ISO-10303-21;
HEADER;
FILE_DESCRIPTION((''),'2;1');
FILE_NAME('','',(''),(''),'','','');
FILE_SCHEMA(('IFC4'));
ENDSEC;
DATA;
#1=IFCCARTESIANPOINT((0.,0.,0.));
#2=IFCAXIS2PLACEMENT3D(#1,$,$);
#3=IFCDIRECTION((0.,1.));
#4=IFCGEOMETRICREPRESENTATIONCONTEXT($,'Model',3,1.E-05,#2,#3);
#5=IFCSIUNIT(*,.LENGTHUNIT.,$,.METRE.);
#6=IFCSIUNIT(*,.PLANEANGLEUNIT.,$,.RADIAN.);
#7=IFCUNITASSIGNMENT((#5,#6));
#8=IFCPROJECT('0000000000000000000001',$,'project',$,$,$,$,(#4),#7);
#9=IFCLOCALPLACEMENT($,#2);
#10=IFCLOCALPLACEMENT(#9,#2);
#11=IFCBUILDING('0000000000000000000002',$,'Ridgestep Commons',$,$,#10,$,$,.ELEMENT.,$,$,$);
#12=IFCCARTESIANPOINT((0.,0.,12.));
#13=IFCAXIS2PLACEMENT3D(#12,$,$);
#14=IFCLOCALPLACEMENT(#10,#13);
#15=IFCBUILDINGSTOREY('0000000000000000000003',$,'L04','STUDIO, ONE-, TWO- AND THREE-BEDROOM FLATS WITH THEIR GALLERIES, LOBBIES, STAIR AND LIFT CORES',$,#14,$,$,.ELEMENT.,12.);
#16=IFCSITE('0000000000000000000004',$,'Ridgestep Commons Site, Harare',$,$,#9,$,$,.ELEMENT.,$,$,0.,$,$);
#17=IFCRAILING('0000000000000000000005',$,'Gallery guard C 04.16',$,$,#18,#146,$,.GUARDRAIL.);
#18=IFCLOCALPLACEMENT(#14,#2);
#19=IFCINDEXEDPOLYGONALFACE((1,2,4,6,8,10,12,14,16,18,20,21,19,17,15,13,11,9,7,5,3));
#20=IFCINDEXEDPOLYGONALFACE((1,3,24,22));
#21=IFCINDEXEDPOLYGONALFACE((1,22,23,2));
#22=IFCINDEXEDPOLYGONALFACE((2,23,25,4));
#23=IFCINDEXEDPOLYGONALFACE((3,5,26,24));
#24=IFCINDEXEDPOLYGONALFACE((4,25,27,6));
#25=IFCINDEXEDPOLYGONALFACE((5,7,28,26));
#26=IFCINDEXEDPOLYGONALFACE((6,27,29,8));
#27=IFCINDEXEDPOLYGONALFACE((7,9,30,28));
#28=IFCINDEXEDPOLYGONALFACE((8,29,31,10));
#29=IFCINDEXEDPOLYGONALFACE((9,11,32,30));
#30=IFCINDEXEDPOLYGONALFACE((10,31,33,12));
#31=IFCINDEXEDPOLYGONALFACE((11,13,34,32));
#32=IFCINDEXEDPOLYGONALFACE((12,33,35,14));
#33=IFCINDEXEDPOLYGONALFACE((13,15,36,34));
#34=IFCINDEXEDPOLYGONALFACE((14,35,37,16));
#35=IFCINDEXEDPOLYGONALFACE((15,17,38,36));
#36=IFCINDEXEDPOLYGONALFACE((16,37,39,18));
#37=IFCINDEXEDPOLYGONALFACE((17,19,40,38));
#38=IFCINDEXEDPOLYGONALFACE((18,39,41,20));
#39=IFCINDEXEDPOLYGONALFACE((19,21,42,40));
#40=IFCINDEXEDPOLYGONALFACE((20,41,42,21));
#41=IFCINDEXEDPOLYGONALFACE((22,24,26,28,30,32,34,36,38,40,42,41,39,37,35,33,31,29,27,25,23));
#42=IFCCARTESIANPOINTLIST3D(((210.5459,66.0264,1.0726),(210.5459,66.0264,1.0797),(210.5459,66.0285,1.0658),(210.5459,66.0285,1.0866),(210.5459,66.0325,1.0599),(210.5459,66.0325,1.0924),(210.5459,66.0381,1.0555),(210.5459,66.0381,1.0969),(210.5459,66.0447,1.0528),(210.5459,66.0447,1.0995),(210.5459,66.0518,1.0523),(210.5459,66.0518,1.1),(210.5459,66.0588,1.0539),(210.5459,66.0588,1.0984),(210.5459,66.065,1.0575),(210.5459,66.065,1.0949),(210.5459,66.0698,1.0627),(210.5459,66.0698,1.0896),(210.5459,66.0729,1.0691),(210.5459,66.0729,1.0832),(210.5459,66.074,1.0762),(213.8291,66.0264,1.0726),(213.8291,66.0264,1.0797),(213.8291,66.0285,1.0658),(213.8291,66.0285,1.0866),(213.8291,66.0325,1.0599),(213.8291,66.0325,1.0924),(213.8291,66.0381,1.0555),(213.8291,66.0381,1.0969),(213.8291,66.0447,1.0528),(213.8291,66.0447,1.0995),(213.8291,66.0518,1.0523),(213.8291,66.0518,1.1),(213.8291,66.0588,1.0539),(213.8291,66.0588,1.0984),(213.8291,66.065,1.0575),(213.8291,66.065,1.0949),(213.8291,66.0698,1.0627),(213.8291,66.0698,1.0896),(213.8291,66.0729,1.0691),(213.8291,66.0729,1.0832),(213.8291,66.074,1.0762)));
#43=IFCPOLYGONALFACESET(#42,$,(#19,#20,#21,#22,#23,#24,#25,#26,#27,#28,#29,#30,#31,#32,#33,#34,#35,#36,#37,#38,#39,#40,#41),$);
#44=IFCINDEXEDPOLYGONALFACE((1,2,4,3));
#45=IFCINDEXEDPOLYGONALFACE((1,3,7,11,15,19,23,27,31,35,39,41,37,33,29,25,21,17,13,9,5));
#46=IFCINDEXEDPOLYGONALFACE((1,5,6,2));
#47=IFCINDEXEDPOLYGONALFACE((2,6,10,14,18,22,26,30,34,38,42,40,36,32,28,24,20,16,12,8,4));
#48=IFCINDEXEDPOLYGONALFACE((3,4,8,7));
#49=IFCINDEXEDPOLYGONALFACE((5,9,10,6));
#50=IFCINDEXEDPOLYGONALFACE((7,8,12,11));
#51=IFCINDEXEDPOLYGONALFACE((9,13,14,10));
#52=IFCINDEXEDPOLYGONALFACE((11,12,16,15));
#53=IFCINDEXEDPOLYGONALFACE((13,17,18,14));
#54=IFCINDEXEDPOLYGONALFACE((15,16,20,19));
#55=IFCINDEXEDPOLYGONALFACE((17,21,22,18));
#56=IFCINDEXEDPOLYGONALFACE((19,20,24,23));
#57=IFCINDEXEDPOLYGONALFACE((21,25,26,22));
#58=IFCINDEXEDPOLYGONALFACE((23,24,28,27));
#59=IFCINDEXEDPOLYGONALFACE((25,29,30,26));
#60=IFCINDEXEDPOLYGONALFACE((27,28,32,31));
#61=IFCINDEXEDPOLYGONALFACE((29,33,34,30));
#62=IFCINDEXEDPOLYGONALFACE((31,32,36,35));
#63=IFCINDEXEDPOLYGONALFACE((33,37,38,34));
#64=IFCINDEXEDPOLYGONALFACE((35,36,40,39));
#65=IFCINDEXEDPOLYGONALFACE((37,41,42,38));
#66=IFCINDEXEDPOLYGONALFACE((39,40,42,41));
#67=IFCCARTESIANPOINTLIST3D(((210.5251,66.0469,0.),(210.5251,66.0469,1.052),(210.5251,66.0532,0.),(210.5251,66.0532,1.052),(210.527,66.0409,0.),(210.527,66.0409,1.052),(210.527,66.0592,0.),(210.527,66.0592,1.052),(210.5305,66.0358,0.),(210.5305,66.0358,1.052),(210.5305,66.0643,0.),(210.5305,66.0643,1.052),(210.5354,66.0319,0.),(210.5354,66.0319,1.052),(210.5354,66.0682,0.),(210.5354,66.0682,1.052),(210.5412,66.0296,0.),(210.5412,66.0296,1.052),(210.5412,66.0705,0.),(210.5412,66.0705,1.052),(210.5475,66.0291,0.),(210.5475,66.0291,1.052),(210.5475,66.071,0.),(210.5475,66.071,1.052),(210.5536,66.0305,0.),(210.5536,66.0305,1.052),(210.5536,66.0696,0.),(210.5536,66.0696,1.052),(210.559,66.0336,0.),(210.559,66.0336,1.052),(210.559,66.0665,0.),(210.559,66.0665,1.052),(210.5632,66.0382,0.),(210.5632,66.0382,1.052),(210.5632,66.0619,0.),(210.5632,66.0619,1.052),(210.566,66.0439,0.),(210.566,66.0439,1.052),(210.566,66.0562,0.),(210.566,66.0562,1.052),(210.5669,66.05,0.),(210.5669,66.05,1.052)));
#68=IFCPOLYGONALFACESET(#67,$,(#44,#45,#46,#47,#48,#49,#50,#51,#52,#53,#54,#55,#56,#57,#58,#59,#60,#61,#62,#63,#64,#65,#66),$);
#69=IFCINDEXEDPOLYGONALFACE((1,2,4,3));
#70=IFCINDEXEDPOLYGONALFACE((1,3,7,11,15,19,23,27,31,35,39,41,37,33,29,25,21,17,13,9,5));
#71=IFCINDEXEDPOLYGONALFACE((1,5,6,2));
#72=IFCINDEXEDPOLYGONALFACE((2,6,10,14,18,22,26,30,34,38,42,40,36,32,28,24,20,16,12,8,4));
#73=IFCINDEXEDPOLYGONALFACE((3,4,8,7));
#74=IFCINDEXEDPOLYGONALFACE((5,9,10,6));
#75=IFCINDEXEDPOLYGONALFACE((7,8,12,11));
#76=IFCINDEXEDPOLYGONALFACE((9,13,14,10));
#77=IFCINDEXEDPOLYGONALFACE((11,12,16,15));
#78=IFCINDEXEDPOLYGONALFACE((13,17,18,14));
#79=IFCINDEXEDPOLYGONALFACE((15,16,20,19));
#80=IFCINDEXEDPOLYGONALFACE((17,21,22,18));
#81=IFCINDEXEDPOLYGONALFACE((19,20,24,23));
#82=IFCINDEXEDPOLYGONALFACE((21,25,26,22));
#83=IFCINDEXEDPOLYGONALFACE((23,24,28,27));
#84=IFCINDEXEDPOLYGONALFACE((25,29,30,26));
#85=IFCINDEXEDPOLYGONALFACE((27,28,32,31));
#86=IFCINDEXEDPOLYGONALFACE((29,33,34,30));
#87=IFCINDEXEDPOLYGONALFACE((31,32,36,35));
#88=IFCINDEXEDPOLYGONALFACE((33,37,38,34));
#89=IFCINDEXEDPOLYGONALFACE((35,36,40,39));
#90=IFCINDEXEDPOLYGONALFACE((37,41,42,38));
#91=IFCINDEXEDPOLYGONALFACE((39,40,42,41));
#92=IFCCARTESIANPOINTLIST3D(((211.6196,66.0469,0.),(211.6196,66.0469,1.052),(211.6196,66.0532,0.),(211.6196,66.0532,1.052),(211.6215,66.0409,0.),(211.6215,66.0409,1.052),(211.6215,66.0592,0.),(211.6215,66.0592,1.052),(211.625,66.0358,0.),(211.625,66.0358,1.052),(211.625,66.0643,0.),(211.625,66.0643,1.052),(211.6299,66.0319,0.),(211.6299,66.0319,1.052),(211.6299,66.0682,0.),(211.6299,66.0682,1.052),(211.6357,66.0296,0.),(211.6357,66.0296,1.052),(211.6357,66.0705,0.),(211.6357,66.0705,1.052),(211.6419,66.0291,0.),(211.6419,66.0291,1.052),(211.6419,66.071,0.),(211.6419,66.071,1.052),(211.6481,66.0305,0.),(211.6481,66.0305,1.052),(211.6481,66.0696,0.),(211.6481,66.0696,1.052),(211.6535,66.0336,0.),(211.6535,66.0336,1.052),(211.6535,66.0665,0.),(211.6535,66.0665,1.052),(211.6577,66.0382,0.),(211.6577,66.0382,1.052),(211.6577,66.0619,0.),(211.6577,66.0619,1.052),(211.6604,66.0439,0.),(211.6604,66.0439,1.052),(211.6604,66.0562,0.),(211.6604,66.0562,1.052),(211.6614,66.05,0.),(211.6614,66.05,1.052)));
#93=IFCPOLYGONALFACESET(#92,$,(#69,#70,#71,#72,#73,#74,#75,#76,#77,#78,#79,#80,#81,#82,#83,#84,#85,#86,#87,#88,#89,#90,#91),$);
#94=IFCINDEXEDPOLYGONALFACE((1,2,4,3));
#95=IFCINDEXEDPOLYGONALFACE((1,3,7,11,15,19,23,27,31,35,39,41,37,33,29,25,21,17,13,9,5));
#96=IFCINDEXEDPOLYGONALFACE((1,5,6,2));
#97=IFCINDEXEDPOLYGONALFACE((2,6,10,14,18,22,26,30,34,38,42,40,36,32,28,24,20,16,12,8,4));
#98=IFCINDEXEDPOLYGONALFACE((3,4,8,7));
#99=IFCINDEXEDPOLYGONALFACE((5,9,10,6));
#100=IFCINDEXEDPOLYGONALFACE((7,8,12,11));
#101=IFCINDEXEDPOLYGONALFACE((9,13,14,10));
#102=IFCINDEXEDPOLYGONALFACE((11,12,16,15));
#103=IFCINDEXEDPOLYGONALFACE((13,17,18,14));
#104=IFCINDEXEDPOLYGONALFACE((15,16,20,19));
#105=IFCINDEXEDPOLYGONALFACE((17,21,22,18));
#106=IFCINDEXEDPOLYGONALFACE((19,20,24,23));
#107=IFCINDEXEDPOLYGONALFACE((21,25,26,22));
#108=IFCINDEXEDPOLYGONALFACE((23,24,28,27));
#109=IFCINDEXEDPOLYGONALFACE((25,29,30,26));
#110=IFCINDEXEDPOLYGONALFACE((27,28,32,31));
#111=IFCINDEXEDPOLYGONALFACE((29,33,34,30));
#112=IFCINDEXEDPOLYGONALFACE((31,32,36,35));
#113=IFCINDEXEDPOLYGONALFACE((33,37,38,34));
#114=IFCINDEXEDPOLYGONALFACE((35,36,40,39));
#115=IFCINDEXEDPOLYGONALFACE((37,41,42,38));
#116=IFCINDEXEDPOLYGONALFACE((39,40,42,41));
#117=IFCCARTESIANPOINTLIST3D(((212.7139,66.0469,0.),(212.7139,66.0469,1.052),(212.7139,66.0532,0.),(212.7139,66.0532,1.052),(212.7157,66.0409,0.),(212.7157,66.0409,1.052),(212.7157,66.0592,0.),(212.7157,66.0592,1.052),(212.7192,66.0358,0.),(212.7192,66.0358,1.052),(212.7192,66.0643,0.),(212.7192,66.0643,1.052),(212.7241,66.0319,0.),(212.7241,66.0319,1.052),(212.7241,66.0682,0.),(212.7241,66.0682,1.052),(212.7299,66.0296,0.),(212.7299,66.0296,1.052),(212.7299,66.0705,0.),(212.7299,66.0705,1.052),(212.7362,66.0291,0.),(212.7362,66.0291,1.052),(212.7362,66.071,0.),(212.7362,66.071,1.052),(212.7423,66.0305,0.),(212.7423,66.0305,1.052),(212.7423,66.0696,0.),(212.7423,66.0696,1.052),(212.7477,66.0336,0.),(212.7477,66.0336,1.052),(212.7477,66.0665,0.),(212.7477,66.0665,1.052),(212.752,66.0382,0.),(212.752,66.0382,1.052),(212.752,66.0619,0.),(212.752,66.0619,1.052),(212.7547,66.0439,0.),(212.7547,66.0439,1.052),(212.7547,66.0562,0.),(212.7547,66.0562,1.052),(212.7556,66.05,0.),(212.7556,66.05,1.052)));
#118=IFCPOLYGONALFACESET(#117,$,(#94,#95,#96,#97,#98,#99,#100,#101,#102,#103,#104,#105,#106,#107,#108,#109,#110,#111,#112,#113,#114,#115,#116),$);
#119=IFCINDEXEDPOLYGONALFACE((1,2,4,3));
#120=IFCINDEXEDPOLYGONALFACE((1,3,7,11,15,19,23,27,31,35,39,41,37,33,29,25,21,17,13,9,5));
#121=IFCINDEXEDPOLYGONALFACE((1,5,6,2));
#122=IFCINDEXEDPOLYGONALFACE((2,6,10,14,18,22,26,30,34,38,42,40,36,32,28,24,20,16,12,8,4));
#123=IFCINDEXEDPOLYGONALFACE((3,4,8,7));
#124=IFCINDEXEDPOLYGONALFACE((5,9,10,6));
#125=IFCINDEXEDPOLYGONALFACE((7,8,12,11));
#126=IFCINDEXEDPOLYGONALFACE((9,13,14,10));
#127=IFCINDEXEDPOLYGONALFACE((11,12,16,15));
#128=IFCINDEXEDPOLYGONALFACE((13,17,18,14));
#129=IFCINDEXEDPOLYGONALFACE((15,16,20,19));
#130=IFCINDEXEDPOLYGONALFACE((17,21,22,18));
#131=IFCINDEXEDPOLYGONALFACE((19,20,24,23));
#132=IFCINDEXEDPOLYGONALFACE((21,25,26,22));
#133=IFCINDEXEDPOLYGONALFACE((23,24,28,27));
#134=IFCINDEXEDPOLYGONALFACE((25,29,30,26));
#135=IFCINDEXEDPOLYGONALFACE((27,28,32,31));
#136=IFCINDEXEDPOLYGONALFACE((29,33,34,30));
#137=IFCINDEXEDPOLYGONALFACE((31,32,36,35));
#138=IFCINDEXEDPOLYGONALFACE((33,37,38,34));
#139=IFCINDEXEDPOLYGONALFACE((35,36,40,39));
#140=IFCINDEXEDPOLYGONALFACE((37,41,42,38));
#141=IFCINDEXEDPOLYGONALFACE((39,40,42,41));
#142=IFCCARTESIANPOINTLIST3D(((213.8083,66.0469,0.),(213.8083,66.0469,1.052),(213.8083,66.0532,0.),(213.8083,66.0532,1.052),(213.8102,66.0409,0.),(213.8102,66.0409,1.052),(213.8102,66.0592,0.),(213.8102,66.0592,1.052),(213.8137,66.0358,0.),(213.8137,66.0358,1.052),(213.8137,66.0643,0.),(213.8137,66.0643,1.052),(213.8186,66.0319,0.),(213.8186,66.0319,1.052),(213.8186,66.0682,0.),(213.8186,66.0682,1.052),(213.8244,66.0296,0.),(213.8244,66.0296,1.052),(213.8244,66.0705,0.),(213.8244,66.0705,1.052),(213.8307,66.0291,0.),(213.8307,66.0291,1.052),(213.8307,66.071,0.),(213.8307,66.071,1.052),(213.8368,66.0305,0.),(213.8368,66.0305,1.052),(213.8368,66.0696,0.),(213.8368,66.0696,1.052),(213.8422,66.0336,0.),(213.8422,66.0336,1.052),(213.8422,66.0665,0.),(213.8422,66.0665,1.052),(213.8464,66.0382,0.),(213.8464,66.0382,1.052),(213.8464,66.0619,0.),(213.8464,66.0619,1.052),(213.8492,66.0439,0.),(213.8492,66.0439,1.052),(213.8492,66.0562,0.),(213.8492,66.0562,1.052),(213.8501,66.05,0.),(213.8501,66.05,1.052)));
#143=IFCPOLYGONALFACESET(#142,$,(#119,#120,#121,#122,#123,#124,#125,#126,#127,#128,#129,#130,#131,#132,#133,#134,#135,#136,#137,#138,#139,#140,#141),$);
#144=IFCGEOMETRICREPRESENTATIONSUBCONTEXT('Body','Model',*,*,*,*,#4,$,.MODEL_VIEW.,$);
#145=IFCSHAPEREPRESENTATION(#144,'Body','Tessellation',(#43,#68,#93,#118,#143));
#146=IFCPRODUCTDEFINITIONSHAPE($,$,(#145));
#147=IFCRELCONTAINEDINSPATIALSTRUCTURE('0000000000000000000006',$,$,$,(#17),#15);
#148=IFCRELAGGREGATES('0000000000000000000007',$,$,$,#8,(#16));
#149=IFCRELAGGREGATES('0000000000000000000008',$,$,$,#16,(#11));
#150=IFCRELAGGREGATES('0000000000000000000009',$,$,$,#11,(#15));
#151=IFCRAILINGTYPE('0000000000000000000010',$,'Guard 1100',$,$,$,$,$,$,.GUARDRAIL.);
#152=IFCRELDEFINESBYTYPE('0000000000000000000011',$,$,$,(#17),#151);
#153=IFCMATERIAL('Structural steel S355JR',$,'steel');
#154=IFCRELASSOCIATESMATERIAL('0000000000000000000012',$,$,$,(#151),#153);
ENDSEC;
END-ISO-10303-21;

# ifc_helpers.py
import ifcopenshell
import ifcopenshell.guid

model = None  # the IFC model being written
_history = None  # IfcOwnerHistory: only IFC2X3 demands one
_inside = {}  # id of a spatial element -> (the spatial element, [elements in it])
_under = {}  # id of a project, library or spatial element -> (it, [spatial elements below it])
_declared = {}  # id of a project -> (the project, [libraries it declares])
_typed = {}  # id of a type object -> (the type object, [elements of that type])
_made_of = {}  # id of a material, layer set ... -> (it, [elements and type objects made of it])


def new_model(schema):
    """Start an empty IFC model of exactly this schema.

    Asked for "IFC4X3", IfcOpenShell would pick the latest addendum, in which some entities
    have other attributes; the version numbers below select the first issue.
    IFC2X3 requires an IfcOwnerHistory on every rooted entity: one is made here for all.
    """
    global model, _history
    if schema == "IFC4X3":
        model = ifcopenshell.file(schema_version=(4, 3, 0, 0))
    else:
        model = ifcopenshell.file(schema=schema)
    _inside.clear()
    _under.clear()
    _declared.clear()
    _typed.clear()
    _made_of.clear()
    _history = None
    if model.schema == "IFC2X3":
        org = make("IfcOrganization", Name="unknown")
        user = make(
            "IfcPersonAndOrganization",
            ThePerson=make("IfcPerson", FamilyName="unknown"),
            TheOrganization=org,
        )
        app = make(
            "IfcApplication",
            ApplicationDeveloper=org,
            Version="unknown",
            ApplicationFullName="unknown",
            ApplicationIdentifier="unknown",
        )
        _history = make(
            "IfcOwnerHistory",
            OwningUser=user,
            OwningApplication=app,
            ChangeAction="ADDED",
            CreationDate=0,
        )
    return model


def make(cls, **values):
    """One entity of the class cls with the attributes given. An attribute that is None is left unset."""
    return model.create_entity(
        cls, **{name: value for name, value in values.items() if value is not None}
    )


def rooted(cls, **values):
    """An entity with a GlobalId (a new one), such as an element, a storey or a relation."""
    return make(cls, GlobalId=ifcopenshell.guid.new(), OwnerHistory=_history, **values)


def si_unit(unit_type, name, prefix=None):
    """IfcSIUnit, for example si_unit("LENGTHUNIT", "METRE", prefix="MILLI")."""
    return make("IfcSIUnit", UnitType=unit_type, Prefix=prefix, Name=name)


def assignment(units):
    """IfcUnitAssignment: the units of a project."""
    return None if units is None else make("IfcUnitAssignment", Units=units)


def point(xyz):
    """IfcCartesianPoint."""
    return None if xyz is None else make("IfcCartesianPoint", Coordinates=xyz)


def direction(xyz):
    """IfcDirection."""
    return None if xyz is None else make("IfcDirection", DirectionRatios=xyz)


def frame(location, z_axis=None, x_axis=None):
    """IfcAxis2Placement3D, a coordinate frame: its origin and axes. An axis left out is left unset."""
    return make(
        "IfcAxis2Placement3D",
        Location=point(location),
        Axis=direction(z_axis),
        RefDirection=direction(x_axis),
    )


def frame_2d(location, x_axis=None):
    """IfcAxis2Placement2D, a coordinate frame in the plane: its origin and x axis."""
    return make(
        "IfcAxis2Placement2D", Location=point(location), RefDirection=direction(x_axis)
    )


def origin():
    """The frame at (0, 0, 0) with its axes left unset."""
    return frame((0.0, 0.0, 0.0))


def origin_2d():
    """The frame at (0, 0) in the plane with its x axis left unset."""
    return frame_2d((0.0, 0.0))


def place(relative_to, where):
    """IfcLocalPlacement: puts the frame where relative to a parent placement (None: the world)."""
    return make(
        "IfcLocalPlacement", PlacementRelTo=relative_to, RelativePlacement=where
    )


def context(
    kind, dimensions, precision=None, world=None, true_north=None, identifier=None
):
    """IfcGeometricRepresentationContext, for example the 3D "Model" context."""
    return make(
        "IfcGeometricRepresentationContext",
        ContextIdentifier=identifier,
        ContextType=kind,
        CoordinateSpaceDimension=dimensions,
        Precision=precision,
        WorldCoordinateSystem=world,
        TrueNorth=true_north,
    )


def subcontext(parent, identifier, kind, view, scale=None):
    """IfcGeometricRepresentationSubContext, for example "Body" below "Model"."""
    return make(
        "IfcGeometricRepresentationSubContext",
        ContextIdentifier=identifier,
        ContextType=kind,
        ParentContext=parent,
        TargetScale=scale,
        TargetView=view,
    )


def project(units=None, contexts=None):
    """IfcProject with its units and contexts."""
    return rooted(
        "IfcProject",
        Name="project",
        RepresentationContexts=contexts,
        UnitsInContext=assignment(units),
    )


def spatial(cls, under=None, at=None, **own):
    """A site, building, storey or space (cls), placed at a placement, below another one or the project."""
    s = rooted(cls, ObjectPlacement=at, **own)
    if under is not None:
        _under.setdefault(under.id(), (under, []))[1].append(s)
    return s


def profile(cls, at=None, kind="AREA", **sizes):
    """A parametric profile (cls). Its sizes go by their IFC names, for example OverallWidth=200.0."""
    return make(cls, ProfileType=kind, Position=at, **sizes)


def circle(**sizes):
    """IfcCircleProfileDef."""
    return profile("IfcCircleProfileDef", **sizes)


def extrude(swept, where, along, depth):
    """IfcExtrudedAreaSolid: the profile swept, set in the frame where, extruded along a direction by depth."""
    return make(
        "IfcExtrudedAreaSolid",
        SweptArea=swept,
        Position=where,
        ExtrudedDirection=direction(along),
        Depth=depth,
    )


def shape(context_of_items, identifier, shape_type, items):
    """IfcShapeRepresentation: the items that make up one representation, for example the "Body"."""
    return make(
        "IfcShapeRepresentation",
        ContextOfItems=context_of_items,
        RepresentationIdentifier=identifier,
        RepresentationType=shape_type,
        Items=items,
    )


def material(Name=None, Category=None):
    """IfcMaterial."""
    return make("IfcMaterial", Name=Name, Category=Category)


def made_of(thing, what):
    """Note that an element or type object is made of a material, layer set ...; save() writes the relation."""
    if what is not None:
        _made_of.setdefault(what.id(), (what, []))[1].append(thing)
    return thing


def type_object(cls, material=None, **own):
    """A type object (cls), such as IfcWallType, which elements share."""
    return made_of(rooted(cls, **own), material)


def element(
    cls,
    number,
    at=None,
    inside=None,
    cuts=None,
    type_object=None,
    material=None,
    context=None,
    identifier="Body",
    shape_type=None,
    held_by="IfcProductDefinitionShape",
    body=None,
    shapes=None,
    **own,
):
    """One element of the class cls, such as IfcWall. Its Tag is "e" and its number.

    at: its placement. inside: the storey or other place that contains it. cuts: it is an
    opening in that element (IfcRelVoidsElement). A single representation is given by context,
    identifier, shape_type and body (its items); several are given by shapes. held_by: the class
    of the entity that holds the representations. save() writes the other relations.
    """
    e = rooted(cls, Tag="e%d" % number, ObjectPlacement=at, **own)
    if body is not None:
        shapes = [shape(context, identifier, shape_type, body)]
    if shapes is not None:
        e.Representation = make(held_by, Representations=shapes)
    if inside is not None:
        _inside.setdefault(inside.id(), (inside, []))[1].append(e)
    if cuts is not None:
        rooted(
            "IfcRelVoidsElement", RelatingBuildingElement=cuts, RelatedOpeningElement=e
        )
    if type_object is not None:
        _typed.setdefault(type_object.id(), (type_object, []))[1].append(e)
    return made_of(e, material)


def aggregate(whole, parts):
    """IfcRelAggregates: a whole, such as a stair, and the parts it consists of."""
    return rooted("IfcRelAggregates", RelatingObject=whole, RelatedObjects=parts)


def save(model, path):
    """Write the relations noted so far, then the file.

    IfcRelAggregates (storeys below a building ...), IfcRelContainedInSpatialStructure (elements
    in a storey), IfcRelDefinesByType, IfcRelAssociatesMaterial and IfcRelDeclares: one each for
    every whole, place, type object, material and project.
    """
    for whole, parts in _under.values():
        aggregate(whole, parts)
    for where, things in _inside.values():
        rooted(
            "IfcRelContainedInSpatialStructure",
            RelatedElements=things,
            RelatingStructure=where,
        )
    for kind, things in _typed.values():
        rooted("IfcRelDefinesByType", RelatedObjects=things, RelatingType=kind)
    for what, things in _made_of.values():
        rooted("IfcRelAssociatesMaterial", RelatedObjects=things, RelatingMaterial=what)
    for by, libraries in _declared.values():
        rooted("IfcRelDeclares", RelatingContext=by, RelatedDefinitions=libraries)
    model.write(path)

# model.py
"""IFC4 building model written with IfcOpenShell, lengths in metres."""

from ifc_helpers import new_model, si_unit, direction, frame, origin, origin_2d, place, context, subcontext, project, spatial, circle, extrude, material, type_object, element, save


model = new_model("IFC4")

# Units and contexts
model_context = context("Model", 3, precision=1e-05, world=origin(), true_north=direction((0.0, 1.0)))
body_context = subcontext(model_context, "Body", "Model", "MODEL_VIEW")
ifc_project = project(units=[si_unit("LENGTHUNIT", "METRE"), si_unit("PLANEANGLEUNIT", "RADIAN")], contexts=[model_context])

# Site, building, storey
site_placement = place(None, origin())
site = spatial("IfcSite", under=ifc_project, at=site_placement, Name="Ridgestep Commons Site, Harare", CompositionType="ELEMENT", RefElevation=0.0)
building_placement = place(site_placement, origin())
building = spatial("IfcBuilding", under=site, at=building_placement, Name="Ridgestep Commons", CompositionType="ELEMENT")
storey_placement = place(building_placement, frame((0.0, 0.0, 12.0)))
storey = spatial("IfcBuildingStorey", under=building, at=storey_placement, Name="L04", Description="STUDIO, ONE-, TWO- AND THREE-BEDROOM FLATS WITH THEIR GALLERIES, LOBBIES, STAIR AND LIFT CORES", CompositionType="ELEMENT", Elevation=12.0)

# Railing
ifc_material_1 = material(Name="Structural steel S355JR", Category="steel")
railing_type_1 = type_object("IfcRailingType", Name="Guard 1100", PredefinedType="GUARDRAIL", material=ifc_material_1)
for number, where, name in (
    (1, (210.5459, 66.05, 0.0), "Gallery guard C 04.16"),
):
    element("IfcRailing", number, at=place(storey_placement, frame(where)), inside=storey, type_object=railing_type_1, Name=name, PredefinedType="GUARDRAIL", context=body_context, shape_type="SweptSolid", body=[
        extrude(circle(Radius=0.0239, at=origin_2d()), frame((0.0, 0.0, 1.0762), z_axis=(1.0, 0.0, 0.0), x_axis=(0.0, 1.0, 0.0)), (0.0, 0.0, 1.0), 3.2832),
        extrude(circle(Radius=0.021, at=origin_2d()), origin(), (0.0, 0.0, 1.0), 1.052),
        extrude(circle(Radius=0.021, at=origin_2d()), frame((1.0945, 0.0, 0.0)), (0.0, 0.0, 1.0), 1.052),
        extrude(circle(Radius=0.021, at=origin_2d()), frame((2.1887, 0.0, 0.0)), (0.0, 0.0, 1.0), 1.052),
        extrude(circle(Radius=0.021, at=origin_2d()), frame((3.2832, 0.0, 0.0)), (0.0, 0.0, 1.0), 1.052),
    ])

save(model, "model.ifc")
